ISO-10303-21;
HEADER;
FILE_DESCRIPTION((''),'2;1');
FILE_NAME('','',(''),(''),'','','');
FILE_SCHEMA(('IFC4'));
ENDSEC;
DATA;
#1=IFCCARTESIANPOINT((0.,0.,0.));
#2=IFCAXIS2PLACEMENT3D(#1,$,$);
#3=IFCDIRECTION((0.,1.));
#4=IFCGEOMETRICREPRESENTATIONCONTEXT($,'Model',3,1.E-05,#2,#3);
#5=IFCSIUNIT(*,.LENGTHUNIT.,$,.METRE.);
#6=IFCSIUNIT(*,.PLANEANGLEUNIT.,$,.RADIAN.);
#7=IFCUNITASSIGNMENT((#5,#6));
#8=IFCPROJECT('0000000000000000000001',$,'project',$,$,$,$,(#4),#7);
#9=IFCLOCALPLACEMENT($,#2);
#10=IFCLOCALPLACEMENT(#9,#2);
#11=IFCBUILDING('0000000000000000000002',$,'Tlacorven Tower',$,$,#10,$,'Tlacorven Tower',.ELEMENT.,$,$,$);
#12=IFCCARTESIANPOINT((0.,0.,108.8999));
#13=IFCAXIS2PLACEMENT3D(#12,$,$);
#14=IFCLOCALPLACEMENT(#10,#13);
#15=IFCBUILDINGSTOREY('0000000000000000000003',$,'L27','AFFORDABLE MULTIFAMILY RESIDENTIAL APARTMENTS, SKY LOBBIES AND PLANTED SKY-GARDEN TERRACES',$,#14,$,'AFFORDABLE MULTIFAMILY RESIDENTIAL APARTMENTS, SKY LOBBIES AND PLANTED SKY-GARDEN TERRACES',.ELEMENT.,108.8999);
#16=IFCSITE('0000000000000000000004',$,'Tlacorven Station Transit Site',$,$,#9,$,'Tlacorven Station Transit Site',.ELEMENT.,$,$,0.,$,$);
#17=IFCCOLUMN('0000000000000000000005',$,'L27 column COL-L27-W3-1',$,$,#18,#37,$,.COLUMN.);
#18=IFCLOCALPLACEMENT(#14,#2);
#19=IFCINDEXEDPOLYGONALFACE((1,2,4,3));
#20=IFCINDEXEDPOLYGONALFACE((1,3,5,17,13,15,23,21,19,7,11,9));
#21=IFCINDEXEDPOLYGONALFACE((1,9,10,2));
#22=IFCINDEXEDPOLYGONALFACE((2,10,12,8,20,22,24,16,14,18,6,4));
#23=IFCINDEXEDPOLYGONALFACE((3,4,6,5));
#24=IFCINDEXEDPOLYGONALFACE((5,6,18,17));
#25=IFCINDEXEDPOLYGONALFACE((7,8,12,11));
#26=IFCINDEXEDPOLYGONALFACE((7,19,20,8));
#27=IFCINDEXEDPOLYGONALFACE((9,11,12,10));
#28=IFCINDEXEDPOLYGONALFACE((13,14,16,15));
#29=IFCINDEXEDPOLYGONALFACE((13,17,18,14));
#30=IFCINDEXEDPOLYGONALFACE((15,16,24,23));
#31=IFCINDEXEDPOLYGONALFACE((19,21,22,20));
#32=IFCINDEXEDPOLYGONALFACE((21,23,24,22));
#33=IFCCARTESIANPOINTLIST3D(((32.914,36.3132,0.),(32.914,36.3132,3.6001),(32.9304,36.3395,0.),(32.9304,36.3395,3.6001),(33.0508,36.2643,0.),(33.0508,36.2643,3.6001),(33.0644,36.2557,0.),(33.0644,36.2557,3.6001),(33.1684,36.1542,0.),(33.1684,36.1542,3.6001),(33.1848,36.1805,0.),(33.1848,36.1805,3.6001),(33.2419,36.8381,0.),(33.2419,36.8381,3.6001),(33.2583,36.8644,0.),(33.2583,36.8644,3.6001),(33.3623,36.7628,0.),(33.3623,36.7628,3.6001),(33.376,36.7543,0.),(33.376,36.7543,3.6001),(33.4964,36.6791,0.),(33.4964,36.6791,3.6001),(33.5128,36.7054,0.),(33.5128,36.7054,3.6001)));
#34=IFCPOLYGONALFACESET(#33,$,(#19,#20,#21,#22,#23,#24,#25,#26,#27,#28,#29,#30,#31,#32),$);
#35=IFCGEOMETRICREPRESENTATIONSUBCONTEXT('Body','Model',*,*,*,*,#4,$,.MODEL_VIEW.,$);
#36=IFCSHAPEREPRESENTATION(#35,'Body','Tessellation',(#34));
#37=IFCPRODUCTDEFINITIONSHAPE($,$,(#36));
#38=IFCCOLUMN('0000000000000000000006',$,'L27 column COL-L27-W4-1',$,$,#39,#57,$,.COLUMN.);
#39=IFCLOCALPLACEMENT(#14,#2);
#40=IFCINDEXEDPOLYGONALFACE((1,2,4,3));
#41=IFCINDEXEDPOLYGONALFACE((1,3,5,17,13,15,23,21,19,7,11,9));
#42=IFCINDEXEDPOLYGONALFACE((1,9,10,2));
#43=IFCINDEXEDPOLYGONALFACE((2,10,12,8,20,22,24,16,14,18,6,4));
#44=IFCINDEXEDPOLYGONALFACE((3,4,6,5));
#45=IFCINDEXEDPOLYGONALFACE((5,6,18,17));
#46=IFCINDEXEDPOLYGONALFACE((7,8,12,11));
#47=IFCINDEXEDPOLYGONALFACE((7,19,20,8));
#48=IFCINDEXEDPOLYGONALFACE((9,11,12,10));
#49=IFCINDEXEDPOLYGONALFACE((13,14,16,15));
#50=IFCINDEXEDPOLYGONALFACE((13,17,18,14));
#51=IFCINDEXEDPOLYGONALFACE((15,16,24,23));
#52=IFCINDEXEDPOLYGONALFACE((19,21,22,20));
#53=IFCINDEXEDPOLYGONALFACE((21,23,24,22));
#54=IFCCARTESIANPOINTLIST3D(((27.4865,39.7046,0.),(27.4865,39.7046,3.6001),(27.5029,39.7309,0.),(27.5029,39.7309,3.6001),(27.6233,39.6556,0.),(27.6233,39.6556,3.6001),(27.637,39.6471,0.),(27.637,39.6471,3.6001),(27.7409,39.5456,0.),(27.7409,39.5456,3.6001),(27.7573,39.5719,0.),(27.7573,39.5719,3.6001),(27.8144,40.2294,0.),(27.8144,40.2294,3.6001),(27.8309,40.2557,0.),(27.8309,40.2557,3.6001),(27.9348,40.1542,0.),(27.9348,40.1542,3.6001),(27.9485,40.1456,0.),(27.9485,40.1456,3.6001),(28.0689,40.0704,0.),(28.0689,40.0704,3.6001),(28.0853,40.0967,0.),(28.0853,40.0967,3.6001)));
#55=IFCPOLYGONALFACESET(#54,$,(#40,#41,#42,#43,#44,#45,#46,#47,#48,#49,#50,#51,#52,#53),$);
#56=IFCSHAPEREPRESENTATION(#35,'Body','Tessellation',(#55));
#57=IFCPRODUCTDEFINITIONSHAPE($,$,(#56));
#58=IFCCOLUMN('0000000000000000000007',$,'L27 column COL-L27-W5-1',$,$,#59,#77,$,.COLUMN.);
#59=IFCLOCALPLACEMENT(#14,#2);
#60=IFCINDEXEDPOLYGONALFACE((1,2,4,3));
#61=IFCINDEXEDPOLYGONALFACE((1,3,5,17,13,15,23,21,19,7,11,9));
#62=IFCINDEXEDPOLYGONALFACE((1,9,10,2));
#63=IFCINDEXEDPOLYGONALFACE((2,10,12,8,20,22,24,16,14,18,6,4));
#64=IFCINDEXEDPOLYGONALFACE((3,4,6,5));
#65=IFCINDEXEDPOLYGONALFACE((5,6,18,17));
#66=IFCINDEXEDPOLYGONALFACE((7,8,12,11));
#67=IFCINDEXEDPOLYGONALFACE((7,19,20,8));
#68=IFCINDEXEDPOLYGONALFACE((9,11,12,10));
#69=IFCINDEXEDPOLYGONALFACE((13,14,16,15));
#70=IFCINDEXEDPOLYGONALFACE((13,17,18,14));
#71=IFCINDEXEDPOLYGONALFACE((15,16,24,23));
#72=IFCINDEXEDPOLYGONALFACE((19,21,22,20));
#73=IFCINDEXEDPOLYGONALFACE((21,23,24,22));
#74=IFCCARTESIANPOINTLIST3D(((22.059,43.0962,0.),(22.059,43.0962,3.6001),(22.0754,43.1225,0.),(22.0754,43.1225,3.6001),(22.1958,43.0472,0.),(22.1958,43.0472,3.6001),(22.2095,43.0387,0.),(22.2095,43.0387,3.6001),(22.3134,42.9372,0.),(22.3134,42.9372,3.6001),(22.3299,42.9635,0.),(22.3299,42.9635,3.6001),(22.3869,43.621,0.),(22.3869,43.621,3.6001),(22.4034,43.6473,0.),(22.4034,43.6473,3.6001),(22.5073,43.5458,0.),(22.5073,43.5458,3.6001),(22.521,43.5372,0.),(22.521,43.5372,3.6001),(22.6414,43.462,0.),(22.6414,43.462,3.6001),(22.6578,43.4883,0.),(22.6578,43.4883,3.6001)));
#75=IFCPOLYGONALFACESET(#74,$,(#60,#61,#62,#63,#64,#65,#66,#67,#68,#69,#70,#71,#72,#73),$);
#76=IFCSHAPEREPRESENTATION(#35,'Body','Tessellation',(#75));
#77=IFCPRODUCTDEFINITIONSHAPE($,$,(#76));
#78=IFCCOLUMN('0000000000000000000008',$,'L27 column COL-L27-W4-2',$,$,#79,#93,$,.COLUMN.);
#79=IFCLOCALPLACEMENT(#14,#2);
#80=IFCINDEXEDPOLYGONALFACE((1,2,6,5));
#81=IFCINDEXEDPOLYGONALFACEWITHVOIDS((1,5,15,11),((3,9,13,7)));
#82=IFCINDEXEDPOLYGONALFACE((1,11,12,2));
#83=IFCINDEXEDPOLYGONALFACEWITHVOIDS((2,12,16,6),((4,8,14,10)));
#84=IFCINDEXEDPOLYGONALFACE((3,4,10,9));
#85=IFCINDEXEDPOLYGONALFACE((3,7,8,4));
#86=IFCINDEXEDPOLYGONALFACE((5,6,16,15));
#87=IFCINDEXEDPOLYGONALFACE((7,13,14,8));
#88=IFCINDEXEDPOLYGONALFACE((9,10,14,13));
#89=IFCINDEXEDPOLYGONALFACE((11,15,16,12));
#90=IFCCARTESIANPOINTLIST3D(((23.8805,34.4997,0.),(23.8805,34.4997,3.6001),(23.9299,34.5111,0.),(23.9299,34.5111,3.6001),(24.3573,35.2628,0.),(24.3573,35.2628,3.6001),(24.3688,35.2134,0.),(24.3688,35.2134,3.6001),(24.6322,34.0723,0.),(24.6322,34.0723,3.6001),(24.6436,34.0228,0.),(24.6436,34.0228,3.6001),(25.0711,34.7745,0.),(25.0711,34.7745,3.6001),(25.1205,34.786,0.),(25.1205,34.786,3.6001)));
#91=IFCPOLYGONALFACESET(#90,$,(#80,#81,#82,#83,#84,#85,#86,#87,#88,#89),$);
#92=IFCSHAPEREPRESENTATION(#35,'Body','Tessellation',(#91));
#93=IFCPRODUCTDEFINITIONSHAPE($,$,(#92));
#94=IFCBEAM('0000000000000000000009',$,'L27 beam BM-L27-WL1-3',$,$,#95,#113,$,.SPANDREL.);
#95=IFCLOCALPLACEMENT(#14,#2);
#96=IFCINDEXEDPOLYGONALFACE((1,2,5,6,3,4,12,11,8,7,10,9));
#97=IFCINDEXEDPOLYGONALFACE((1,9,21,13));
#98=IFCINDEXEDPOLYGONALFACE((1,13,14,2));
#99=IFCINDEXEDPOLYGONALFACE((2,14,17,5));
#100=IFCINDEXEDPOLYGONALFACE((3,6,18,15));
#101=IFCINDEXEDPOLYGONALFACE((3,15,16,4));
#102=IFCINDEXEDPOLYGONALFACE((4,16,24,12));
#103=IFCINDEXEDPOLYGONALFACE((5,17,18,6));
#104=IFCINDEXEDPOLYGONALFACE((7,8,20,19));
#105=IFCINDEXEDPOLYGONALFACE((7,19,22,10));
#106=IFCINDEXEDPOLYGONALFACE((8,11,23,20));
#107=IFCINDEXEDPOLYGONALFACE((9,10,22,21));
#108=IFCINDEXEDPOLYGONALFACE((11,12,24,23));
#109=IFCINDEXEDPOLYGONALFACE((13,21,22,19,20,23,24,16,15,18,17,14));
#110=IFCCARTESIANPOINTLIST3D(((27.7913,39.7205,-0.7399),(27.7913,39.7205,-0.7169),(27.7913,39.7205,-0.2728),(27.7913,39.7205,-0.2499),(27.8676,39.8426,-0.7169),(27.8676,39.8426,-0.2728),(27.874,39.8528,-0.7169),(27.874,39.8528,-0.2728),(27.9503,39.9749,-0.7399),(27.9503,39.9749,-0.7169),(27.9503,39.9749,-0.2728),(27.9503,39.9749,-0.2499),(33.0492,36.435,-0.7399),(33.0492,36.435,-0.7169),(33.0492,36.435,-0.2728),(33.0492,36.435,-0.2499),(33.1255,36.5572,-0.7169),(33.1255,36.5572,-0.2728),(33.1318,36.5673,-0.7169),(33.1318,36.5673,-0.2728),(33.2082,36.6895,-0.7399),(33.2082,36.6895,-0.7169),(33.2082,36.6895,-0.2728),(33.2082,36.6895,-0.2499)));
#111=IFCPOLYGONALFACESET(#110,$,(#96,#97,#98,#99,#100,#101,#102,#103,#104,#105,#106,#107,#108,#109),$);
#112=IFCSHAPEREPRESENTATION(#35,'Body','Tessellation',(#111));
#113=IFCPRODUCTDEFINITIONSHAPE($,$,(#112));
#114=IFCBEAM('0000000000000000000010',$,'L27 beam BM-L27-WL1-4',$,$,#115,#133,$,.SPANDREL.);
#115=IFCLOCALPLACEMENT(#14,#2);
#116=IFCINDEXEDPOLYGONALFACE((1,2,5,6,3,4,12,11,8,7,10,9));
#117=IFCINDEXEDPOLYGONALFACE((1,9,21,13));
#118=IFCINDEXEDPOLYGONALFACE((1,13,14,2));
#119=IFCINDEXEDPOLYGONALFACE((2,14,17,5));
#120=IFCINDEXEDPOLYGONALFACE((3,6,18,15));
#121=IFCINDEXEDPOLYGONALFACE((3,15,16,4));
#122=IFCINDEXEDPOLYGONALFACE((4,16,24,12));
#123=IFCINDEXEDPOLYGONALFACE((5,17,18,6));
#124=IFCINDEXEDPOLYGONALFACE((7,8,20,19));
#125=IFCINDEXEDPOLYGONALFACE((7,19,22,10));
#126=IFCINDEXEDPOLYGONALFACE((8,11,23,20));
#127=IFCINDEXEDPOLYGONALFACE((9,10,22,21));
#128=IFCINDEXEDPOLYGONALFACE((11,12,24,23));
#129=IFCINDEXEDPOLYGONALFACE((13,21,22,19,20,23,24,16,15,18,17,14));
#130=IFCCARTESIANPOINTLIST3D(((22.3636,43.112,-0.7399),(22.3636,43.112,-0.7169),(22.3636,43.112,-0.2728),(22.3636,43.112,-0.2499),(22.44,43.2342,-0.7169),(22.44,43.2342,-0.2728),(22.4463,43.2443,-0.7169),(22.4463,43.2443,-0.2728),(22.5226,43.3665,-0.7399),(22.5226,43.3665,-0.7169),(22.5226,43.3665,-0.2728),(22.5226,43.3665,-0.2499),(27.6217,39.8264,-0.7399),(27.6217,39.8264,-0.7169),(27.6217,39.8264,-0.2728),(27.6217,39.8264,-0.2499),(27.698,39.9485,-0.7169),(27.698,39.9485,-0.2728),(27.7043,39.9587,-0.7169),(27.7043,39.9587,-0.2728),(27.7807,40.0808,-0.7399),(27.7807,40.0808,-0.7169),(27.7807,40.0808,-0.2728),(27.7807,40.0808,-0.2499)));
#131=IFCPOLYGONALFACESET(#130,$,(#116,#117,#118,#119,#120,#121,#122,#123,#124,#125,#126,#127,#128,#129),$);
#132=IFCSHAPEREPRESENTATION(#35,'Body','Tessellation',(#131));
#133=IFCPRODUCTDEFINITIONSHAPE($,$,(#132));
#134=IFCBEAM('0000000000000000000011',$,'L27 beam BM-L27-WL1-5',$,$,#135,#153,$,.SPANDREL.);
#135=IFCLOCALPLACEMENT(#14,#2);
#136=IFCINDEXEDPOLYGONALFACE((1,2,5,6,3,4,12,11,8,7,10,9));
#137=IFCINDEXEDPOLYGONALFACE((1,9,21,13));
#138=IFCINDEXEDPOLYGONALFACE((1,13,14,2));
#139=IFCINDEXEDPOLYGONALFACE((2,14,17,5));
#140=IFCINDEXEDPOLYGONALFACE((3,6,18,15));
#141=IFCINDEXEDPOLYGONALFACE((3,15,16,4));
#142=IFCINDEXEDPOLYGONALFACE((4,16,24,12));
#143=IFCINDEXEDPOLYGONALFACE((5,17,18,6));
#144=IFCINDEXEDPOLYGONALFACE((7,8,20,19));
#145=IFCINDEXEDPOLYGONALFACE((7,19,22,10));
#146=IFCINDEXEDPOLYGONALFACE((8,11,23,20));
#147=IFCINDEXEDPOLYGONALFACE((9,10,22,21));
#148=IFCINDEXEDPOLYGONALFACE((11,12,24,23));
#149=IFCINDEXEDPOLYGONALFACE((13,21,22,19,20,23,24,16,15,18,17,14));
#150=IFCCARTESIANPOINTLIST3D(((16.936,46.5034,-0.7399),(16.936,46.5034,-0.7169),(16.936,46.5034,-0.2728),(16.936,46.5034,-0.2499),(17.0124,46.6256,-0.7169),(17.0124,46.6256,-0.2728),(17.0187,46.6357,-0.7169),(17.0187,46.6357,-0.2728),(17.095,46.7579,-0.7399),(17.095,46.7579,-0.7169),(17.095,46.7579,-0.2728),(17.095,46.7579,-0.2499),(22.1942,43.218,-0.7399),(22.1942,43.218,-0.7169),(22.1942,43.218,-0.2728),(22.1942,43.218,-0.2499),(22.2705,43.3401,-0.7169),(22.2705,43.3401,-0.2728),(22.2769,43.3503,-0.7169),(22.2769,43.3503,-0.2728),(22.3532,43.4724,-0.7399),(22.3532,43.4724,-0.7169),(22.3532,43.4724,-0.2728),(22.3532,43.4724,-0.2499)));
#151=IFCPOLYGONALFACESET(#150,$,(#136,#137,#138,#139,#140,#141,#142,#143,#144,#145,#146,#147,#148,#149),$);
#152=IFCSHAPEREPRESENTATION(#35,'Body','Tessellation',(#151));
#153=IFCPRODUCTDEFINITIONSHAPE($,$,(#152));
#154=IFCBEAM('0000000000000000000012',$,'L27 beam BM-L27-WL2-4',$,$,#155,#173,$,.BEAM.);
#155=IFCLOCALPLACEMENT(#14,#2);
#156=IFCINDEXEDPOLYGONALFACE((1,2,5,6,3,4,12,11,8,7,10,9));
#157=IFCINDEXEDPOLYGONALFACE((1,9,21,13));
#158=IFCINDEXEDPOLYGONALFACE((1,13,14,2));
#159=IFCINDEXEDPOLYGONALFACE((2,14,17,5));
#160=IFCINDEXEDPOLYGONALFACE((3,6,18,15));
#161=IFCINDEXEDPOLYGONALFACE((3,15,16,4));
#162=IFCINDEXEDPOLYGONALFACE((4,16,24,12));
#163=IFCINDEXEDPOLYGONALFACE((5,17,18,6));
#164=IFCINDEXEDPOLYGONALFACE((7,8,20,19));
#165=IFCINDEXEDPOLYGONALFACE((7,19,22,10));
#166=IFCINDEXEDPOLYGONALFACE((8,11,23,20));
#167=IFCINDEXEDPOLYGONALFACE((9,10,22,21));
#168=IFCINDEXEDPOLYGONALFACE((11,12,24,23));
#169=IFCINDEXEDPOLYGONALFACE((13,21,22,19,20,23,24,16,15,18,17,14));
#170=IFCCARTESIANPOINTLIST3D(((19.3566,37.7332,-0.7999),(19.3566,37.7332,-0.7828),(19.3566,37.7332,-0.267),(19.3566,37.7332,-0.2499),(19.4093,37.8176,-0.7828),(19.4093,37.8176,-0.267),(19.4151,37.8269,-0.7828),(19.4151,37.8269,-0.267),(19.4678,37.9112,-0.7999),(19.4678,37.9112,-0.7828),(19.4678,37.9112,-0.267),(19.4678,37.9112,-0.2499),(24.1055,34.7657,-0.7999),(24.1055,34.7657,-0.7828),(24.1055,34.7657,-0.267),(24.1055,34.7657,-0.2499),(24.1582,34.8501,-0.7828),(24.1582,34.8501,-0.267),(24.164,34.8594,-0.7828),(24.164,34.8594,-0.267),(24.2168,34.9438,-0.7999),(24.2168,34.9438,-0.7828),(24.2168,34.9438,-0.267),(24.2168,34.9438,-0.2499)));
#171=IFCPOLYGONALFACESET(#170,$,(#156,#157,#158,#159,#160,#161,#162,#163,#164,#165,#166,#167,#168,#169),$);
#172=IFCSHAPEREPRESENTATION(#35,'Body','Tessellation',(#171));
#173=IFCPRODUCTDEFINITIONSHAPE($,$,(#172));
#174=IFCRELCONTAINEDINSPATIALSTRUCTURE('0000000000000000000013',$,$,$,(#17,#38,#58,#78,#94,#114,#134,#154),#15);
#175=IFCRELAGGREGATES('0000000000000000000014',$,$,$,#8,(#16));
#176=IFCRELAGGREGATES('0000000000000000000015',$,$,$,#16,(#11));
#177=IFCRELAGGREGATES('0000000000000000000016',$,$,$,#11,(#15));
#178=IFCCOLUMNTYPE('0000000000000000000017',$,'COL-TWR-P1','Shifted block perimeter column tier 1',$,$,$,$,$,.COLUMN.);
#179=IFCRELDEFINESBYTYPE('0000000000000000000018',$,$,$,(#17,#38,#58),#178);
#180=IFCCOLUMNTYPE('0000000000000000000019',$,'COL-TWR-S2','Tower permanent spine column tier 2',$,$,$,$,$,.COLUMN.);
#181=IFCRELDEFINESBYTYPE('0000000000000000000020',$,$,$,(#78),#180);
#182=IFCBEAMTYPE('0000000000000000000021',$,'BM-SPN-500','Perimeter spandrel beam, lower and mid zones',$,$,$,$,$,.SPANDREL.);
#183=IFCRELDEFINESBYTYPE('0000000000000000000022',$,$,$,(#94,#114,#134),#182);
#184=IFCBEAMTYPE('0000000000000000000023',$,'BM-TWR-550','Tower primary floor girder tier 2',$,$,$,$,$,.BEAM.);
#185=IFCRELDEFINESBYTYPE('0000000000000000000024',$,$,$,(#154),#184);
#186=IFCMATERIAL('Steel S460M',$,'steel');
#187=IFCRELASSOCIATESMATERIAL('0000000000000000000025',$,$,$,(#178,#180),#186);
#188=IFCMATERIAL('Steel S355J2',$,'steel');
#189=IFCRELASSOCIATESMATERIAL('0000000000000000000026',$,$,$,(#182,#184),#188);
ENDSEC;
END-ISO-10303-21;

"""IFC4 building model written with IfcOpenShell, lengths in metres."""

from ifc_helpers import new_model, si_unit, direction, frame, origin, origin_2d, place, context, subcontext, project, spatial, hollow_rectangle, i_section, extrude, source, transform, mapped, material, material_profile, profile_set, type_object, element, save


model = new_model("IFC4")

# Units and contexts
model_context = context("Model", 3, precision=1e-05, world=origin(), true_north=direction((0.0, 1.0)))
body_context = subcontext(model_context, "Body", "Model", "MODEL_VIEW")
ifc_project = project(units=[si_unit("LENGTHUNIT", "METRE"), si_unit("PLANEANGLEUNIT", "RADIAN")], contexts=[model_context])

# Site, building, storey
site_placement = place(None, origin())
site = spatial("IfcSite", under=ifc_project, at=site_placement, Name="Tlacorven Station Transit Site", LongName="Tlacorven Station Transit Site", CompositionType="ELEMENT", RefElevation=0.0)
building_placement = place(site_placement, origin())
building = spatial("IfcBuilding", under=site, at=building_placement, Name="Tlacorven Tower", LongName="Tlacorven Tower", CompositionType="ELEMENT")
storey_placement = place(building_placement, frame((0.0, 0.0, 108.8999)))
storey = spatial("IfcBuildingStorey", under=building, at=storey_placement, Name="L27", Description="AFFORDABLE MULTIFAMILY RESIDENTIAL APARTMENTS, SKY LOBBIES AND PLANTED SKY-GARDEN TERRACES", LongName="AFFORDABLE MULTIFAMILY RESIDENTIAL APARTMENTS, SKY LOBBIES AND PLANTED SKY-GARDEN TERRACES", CompositionType="ELEMENT", Elevation=108.8999)

# Columns
ifc_material_1 = material(Name="Steel S460M", Category="steel")
ifc_material_profile_1 = material_profile(ifc_material_1, i_section(OverallWidth=0.3, OverallDepth=0.6499, WebThickness=0.0161, FlangeThickness=0.031, at=origin_2d()), Name="HEB 650")
ifc_profile_set_1 = profile_set([ifc_material_profile_1], Name="Steel S460M")
column_type_1 = type_object("IfcColumnType", Name="COL-TWR-P1", Description="Shifted block perimeter column tier 1", PredefinedType="COLUMN", material=ifc_profile_set_1)
shared_shape_1 = source(origin(), body_context, "Body", "SweptSolid", [
    extrude(i_section(OverallWidth=0.3, OverallDepth=0.6499, WebThickness=0.0161, FlangeThickness=0.031, at=origin_2d()), origin(), (0.0, 0.0, 1.0), 3.6001),
])
for number, where, z_axis, x_axis, name in (
    (1, (33.2134, 36.5093, 0.0), (0.0, 0.0, 1.0), (-0.848048, 0.529919, 0.0), "L27 column COL-L27-W3-1"),
    (2, (27.7859, 39.9006, 0.0), (0.0, 0.0, 1.0), (-0.848048, 0.529919, 0.0), "L27 column COL-L27-W4-1"),
    (3, (22.3584, 43.2922, 0.0), (0.0, 0.0, 1.0), (-0.848048, 0.529919, 0.0), "L27 column COL-L27-W5-1"),
):
    element("IfcColumn", number, at=place(storey_placement, frame(where, z_axis=z_axis, x_axis=x_axis)), inside=storey, type_object=column_type_1, Name=name, PredefinedType="COLUMN", context=body_context, shape_type="MappedRepresentation", body=[
        mapped(shared_shape_1, transform((0.0, 0.0, 0.0), scale=1.0)),
    ])
ifc_material_profile_2 = material_profile(ifc_material_1, hollow_rectangle(XDim=0.8999, YDim=0.8999, WallThickness=0.0359, at=origin_2d()), Name="BOX 900X900X36")
ifc_profile_set_2 = profile_set([ifc_material_profile_2], Name="Steel S460M")
column_type_2 = type_object("IfcColumnType", Name="COL-TWR-S2", Description="Tower permanent spine column tier 2", PredefinedType="COLUMN", material=ifc_profile_set_2)
shared_shape_2 = source(origin(), body_context, "Body", "SweptSolid", [
    extrude(hollow_rectangle(XDim=0.8999, YDim=0.8999, WallThickness=0.0359, at=origin_2d()), origin(), (0.0, 0.0, 1.0), 3.6001),
])
column_placement = place(storey_placement, frame((24.5005, 34.6428, 0.0), z_axis=(0.0, 0.0, 1.0), x_axis=(-0.848048, 0.529919, 0.0)))
element("IfcColumn", 4, at=column_placement, inside=storey, type_object=column_type_2, Name="L27 column COL-L27-W4-2", PredefinedType="COLUMN", context=body_context, shape_type="MappedRepresentation", body=[
    mapped(shared_shape_2, transform((0.0, 0.0, 0.0), scale=1.0)),
])

# Beams
ifc_material_2 = material(Name="Steel S355J2", Category="steel")
ifc_material_profile_3 = material_profile(ifc_material_2, i_section(OverallWidth=0.3, OverallDepth=0.49, WebThickness=0.012, FlangeThickness=0.0229, at=origin_2d()), Name="HEA 500")
ifc_profile_set_3 = profile_set([ifc_material_profile_3], Name="Steel S355J2")
beam_type_1 = type_object("IfcBeamType", Name="BM-SPN-500", Description="Perimeter spandrel beam, lower and mid zones", PredefinedType="SPANDREL", material=ifc_profile_set_3)
shared_shape_3 = source(origin(), body_context, "Body", "SweptSolid", [
    extrude(i_section(OverallWidth=0.3, OverallDepth=0.49, WebThickness=0.012, FlangeThickness=0.0229, at=origin_2d()), origin(), (0.0, 0.0, 1.0), 6.2),
])
beam_1_placement = place(storey_placement, frame((33.1287, 36.5623, -0.4949), z_axis=(-0.848051, 0.529914, 0.0), x_axis=(-0.529914, -0.848051, 0.0)))
element("IfcBeam", 5, at=beam_1_placement, inside=storey, type_object=beam_type_1, Name="L27 beam BM-L27-WL1-3", PredefinedType="SPANDREL", context=body_context, shape_type="MappedRepresentation", body=[
    mapped(shared_shape_3, transform((0.0, 0.0, 0.0), scale=1.0)),
])
shared_shape_4 = source(origin(), body_context, "Body", "SweptSolid", [
    extrude(i_section(OverallWidth=0.3, OverallDepth=0.49, WebThickness=0.012, FlangeThickness=0.0229, at=origin_2d()), origin(), (0.0, 0.0, 1.0), 6.2002),
])
for number, where, z_axis, x_axis, name in (
    (6, (27.7012, 39.9536, -0.4949), (-0.848045, 0.529925, 0.0), (-0.529925, -0.848045, 0.0), "L27 beam BM-L27-WL1-4"),
    (7, (22.2737, 43.3452, -0.4949), (-0.848062, 0.529896, 0.0), (-0.529896, -0.848062, 0.0), "L27 beam BM-L27-WL1-5"),
):
    element("IfcBeam", number, at=place(storey_placement, frame(where, z_axis=z_axis, x_axis=x_axis)), inside=storey, type_object=beam_type_1, Name=name, PredefinedType="SPANDREL", context=body_context, shape_type="MappedRepresentation", body=[
        mapped(shared_shape_4, transform((0.0, 0.0, 0.0), scale=1.0)),
    ])
ifc_material_profile_4 = material_profile(ifc_material_2, i_section(OverallWidth=0.21, OverallDepth=0.55, WebThickness=0.011, FlangeThickness=0.0171, at=origin_2d()), Name="IPE 550")
ifc_profile_set_4 = profile_set([ifc_material_profile_4], Name="Steel S355J2")
beam_type_2 = type_object("IfcBeamType", Name="BM-TWR-550", Description="Tower primary floor girder tier 2", PredefinedType="BEAM", material=ifc_profile_set_4)
shared_shape_5 = source(origin(), body_context, "Body", "SweptSolid", [
    extrude(i_section(OverallWidth=0.21, OverallDepth=0.55, WebThickness=0.011, FlangeThickness=0.0171, at=origin_2d()), origin(), (0.0, 0.0, 1.0), 5.5999),
])
beam_2_placement = place(storey_placement, frame((24.1611, 34.8547, -0.5249), z_axis=(-0.848047, 0.529921, 0.0), x_axis=(-0.529921, -0.848047, 0.0)))
element("IfcBeam", 8, at=beam_2_placement, inside=storey, type_object=beam_type_2, Name="L27 beam BM-L27-WL2-4", PredefinedType="BEAM", context=body_context, shape_type="MappedRepresentation", body=[
    mapped(shared_shape_5, transform((0.0, 0.0, 0.0), scale=1.0)),
])

save(model, "model.ifc")
